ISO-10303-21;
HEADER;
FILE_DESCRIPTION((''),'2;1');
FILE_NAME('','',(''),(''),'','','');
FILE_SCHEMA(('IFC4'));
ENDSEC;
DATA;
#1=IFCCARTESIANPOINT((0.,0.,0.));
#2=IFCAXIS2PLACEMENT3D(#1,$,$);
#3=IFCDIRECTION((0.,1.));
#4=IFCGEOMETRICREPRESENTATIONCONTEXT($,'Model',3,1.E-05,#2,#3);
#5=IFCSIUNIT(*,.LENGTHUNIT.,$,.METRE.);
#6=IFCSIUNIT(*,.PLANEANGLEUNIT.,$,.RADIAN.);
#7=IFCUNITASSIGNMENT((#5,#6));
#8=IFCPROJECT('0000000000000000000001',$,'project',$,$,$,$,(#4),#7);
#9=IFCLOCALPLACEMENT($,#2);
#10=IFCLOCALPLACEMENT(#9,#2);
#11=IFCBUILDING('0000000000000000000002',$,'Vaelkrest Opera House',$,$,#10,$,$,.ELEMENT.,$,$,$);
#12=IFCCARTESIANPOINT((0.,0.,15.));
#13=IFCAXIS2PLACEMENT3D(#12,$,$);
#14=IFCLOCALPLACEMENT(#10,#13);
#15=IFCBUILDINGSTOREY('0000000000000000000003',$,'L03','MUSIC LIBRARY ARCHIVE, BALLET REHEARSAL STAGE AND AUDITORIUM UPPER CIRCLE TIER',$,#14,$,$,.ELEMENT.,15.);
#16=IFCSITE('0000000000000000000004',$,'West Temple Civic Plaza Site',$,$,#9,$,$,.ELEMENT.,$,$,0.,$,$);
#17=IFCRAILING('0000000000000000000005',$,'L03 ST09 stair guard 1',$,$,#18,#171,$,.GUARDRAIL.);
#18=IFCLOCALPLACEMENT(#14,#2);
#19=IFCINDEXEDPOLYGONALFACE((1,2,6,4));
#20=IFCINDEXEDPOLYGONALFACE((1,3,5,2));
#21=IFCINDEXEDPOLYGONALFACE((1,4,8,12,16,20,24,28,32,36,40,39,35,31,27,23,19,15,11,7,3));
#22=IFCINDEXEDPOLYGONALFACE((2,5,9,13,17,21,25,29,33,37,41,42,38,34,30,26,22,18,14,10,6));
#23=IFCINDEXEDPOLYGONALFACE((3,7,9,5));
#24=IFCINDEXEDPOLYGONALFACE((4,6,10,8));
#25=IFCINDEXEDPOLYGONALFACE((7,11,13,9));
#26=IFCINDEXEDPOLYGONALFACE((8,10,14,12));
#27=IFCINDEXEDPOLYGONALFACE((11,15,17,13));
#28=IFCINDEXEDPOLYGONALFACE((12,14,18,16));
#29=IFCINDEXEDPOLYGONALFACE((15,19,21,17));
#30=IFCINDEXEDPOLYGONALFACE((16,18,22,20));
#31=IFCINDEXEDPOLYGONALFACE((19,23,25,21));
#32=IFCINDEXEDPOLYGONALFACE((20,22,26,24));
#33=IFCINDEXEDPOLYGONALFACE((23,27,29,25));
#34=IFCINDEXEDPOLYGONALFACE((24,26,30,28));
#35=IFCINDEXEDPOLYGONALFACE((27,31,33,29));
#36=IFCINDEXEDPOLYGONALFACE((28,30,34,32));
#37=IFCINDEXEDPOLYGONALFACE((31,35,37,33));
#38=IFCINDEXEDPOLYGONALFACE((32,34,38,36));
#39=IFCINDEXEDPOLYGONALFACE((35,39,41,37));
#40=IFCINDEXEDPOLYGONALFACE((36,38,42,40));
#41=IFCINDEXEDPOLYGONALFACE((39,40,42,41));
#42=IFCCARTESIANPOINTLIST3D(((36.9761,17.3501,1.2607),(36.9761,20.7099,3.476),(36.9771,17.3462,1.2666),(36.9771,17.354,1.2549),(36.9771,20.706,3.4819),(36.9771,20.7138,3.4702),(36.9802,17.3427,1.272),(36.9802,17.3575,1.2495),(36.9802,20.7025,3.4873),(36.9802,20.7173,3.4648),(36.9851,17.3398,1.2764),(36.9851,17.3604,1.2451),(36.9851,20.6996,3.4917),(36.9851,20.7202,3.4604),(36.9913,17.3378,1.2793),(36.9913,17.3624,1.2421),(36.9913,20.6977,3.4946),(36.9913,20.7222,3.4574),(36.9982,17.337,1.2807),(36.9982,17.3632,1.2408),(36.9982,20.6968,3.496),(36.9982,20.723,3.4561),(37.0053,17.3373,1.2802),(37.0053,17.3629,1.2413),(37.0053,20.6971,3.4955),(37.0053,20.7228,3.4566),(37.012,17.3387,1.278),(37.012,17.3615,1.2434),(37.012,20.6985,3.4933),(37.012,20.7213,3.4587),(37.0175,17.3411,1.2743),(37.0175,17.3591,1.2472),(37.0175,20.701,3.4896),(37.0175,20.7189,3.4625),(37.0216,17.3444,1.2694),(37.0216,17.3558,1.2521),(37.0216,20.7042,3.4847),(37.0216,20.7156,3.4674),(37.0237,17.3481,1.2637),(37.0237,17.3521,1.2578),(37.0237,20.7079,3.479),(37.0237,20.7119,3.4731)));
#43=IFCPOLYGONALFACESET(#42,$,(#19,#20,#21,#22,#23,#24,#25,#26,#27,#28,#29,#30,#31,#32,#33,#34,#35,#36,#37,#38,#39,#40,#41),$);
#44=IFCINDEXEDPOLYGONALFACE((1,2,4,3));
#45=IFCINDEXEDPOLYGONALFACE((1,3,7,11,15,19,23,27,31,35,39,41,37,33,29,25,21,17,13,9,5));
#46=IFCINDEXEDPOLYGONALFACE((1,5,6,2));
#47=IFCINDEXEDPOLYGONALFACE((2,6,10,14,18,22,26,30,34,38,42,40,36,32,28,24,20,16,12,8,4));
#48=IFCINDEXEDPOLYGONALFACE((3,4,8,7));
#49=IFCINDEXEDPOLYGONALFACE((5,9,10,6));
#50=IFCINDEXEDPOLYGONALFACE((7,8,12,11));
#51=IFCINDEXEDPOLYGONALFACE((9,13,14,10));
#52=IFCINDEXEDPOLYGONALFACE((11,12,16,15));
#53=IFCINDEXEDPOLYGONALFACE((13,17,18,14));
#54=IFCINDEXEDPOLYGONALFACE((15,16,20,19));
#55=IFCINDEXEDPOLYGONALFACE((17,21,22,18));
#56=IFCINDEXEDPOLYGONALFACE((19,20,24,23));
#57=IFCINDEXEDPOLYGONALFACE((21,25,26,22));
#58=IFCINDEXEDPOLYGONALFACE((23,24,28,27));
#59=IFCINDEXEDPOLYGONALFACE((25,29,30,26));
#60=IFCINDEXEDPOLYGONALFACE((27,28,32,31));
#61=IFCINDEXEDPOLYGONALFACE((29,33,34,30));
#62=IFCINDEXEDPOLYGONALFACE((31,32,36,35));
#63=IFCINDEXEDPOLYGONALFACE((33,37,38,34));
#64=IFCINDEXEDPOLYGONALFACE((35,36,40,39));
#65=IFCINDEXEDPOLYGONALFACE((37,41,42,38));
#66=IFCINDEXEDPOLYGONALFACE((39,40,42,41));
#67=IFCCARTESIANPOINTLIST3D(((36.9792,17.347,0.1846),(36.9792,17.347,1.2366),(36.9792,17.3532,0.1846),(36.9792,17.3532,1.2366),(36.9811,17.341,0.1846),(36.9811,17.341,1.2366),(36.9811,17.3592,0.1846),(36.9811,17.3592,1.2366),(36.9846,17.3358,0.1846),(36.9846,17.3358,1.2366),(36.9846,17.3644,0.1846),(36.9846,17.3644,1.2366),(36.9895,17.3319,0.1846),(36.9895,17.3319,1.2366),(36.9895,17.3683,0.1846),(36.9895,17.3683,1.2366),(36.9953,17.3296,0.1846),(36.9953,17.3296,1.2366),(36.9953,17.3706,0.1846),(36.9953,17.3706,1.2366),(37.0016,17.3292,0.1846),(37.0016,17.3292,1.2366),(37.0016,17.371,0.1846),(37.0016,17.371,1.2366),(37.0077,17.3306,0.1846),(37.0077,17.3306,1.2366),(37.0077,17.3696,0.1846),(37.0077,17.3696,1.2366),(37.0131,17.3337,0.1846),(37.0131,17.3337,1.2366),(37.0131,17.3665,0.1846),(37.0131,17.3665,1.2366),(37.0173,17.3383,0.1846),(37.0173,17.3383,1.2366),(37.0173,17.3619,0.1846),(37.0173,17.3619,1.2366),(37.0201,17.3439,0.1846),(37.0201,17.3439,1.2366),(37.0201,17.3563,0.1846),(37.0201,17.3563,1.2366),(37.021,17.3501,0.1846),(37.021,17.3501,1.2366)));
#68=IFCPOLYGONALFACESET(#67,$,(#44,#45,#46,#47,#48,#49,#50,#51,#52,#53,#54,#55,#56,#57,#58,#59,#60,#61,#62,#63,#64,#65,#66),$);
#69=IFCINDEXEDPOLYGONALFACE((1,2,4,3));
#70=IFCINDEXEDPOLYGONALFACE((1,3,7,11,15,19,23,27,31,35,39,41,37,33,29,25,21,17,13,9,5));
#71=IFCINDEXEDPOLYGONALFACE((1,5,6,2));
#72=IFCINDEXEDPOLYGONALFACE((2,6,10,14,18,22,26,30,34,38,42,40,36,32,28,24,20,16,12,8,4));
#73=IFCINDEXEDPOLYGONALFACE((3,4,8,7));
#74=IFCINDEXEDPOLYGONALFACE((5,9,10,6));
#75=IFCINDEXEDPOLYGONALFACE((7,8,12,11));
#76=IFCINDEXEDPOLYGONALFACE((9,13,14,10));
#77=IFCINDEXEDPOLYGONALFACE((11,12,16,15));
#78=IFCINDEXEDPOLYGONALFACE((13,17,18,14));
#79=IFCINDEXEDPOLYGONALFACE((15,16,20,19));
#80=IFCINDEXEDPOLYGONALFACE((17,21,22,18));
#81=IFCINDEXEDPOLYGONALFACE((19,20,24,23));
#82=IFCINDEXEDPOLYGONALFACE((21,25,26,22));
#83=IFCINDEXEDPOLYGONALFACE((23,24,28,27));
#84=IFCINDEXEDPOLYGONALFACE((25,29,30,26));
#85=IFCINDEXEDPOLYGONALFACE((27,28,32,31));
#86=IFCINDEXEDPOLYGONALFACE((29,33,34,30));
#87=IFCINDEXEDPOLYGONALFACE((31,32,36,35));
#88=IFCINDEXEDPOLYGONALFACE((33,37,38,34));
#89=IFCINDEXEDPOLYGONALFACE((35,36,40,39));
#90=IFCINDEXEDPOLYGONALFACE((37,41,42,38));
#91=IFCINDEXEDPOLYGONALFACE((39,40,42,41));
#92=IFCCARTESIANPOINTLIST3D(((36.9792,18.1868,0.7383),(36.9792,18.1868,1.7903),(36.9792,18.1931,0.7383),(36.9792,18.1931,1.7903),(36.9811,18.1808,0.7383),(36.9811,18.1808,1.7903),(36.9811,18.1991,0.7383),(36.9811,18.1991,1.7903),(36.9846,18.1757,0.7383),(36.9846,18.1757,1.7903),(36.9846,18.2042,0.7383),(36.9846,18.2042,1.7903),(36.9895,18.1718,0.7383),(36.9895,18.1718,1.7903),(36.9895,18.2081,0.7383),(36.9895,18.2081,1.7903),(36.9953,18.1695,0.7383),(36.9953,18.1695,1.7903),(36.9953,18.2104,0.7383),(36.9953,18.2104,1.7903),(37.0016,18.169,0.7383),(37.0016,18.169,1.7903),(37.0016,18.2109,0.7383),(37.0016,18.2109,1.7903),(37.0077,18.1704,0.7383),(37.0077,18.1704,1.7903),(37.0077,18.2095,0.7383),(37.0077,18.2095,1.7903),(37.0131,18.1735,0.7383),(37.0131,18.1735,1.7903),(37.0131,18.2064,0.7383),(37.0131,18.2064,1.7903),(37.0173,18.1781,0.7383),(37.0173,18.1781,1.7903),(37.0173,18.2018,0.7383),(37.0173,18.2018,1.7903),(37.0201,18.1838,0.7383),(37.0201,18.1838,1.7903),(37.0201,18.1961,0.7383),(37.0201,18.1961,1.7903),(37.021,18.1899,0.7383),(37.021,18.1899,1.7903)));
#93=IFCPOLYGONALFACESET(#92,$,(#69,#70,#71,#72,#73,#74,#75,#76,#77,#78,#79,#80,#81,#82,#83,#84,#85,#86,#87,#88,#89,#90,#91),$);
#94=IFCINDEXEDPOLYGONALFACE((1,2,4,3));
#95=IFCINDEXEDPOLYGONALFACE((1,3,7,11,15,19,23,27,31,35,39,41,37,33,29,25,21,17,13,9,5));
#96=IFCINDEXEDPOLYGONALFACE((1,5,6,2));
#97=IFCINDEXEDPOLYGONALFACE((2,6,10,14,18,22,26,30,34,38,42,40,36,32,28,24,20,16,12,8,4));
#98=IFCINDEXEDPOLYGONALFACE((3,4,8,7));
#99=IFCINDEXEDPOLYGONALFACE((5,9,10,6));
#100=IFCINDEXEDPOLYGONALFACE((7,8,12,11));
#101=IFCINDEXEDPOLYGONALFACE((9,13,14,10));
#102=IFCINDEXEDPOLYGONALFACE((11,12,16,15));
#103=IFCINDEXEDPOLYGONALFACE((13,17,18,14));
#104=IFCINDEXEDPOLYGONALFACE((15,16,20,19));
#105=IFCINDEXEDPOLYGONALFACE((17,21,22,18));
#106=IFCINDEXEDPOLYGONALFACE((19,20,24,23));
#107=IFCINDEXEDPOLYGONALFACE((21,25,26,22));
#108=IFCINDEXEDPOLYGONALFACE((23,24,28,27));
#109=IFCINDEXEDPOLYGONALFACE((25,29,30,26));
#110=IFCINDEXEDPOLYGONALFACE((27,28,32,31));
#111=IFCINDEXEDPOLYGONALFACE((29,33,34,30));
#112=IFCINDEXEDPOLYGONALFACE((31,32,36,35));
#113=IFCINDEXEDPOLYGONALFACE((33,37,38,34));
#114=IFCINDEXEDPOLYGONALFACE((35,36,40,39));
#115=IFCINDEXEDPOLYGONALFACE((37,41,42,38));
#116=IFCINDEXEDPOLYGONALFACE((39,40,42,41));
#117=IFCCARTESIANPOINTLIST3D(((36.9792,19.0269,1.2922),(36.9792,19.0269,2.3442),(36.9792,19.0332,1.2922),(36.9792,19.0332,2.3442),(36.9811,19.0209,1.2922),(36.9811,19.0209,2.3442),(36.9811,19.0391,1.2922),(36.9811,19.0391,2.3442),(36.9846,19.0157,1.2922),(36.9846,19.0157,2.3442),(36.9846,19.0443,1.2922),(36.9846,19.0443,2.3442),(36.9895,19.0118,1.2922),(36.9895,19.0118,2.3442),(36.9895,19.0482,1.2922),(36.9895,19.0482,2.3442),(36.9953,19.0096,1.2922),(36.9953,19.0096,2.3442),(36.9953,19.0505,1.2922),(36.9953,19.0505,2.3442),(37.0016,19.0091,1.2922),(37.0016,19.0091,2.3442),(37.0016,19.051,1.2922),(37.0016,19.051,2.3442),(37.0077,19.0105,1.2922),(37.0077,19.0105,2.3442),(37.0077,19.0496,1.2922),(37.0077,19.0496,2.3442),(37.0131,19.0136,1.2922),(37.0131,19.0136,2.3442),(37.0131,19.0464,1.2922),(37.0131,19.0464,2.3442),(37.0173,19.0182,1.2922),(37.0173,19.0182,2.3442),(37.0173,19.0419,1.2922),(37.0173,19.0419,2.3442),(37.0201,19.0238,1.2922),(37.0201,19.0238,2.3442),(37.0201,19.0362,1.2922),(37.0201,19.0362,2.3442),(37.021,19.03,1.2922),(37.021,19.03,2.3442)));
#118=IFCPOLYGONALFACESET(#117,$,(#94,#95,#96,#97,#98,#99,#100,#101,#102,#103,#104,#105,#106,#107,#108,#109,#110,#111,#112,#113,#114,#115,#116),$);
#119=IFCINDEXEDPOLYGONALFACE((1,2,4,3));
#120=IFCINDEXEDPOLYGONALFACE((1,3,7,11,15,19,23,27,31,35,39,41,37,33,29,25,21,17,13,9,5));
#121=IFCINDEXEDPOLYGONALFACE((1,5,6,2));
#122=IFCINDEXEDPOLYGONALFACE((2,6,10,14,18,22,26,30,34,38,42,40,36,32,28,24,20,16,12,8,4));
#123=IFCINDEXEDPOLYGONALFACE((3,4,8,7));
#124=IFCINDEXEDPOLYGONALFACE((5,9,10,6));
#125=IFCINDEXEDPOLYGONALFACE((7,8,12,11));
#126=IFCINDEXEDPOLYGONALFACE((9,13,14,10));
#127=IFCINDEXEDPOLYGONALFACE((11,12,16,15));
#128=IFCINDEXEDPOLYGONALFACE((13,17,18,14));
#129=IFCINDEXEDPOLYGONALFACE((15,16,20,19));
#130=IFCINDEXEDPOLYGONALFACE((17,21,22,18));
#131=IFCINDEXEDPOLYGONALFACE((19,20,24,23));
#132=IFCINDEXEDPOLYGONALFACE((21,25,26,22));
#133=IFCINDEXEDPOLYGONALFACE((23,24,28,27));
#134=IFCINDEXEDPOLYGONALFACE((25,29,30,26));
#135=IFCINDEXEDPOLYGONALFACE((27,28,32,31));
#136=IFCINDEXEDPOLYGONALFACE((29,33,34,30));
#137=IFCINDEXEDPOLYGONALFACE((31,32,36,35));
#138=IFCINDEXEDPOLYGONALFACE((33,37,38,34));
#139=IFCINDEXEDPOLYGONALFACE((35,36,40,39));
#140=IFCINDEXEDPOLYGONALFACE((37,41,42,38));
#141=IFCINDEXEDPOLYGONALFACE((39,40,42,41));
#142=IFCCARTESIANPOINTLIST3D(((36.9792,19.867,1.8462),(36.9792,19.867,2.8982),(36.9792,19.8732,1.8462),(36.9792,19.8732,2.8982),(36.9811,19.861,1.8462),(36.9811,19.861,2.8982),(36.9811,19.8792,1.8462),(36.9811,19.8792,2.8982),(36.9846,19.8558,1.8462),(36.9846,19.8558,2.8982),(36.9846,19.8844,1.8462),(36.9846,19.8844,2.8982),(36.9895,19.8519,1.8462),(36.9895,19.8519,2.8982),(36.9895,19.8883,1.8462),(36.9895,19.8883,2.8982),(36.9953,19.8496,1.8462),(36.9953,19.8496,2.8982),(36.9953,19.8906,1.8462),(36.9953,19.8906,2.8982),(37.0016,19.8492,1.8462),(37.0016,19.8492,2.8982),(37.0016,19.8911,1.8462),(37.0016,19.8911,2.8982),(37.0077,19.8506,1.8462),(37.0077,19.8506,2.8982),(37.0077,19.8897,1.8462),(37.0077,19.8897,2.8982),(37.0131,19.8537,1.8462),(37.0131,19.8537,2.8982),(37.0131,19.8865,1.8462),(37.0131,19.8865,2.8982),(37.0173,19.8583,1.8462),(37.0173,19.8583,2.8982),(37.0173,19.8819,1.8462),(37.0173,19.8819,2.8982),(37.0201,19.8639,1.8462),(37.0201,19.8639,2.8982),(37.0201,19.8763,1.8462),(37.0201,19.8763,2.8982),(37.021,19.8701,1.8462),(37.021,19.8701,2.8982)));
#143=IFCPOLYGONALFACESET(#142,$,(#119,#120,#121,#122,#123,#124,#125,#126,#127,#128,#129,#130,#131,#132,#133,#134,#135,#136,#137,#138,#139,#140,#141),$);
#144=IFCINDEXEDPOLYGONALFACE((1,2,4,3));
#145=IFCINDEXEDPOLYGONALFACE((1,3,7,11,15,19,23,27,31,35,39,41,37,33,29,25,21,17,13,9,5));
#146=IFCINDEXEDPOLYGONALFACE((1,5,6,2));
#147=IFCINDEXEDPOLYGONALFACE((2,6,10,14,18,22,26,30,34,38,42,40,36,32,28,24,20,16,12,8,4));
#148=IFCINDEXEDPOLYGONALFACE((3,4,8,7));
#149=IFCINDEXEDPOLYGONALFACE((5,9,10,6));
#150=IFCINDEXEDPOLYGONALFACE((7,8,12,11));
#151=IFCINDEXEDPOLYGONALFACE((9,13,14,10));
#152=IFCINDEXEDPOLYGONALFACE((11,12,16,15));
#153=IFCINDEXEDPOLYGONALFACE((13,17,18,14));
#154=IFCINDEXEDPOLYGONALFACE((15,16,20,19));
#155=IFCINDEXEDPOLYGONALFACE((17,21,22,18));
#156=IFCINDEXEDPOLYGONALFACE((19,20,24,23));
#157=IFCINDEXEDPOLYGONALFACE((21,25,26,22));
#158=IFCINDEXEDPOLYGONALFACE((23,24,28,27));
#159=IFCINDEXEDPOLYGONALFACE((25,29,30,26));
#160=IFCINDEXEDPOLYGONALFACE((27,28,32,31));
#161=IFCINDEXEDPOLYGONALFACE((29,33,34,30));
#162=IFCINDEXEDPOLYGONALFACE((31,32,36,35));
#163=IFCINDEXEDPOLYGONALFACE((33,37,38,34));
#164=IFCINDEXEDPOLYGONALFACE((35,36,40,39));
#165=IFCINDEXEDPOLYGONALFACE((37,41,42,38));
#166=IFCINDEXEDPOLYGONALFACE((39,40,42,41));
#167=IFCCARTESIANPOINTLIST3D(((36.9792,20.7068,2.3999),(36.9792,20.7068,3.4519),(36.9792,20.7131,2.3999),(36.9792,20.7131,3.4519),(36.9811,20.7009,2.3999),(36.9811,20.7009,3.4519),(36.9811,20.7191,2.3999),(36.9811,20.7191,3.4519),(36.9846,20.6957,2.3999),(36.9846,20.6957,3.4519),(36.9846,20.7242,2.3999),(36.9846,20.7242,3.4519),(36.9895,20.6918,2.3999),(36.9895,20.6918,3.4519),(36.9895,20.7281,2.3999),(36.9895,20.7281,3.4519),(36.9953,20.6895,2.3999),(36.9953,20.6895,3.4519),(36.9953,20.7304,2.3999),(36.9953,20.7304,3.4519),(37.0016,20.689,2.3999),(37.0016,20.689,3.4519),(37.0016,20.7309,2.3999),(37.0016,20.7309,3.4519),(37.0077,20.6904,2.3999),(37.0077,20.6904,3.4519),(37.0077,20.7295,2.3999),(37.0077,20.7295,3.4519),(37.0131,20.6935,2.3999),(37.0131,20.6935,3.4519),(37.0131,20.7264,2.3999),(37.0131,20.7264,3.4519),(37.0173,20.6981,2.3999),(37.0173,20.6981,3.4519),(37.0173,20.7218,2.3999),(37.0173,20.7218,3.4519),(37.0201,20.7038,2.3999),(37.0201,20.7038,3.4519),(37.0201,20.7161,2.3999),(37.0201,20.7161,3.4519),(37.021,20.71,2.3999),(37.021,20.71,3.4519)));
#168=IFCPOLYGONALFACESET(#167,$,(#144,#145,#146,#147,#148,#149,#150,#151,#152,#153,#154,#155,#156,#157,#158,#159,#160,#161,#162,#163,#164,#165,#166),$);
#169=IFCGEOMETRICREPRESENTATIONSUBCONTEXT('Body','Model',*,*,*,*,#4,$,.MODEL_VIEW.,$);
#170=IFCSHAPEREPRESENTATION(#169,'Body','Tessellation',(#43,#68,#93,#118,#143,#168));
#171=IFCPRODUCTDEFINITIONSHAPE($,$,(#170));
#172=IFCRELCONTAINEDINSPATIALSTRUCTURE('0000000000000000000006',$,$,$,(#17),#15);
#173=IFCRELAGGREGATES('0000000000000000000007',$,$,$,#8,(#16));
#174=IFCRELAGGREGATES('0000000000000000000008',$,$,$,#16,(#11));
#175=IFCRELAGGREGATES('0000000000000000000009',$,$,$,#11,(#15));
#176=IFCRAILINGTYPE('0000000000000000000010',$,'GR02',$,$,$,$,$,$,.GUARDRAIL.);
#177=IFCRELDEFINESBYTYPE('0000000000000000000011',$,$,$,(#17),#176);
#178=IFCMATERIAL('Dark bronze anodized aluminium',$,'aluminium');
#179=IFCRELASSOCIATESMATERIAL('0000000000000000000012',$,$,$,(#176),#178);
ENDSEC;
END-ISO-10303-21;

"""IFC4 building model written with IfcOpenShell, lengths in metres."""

from ifc_helpers import new_model, si_unit, direction, frame, origin, origin_2d, place, context, subcontext, project, spatial, circle, extrude, material, type_object, element, save


model = new_model("IFC4")

# Units and contexts
model_context = context("Model", 3, precision=1e-05, world=origin(), true_north=direction((0.0, 1.0)))
body_context = subcontext(model_context, "Body", "Model", "MODEL_VIEW")
ifc_project = project(units=[si_unit("LENGTHUNIT", "METRE"), si_unit("PLANEANGLEUNIT", "RADIAN")], contexts=[model_context])

# Site, building, storey
site_placement = place(None, origin())
site = spatial("IfcSite", under=ifc_project, at=site_placement, Name="West Temple Civic Plaza Site", CompositionType="ELEMENT", RefElevation=0.0)
building_placement = place(site_placement, origin())
building = spatial("IfcBuilding", under=site, at=building_placement, Name="Vaelkrest Opera House", CompositionType="ELEMENT")
storey_placement = place(building_placement, frame((0.0, 0.0, 15.0)))
storey = spatial("IfcBuildingStorey", under=building, at=storey_placement, Name="L03", Description="MUSIC LIBRARY ARCHIVE, BALLET REHEARSAL STAGE AND AUDITORIUM UPPER CIRCLE TIER", CompositionType="ELEMENT", Elevation=15.0)

# Shared definitions
ifc_material_1 = material(Name="Dark bronze anodized aluminium", Category="aluminium")

# Railing
railing_type_1 = type_object("IfcRailingType", Name="GR02", PredefinedType="GUARDRAIL", material=ifc_material_1)
railing_1_placement = place(storey_placement, frame((37.0, 17.3501, 0.1846)))
element("IfcRailing", 1, at=railing_1_placement, inside=storey, type_object=railing_type_1, Name="L03 ST09 stair guard 1", PredefinedType="GUARDRAIL", context=body_context, shape_type="SweptSolid", body=[
    extrude(circle(Radius=0.0239, at=origin_2d()), frame((0.0, 0.0, 1.0762), z_axis=(0.0, 0.834858, 0.550465), x_axis=(-1.0, 0.0, 0.0)), (0.0, 0.0, 1.0), 4.0244),
    extrude(circle(Radius=0.021, at=origin_2d()), origin(), (0.0, 0.0, 1.0), 1.052),
    extrude(circle(Radius=0.021, at=origin_2d()), frame((0.0, 0.8398, 0.5537)), (0.0, 0.0, 1.0), 1.052),
    extrude(circle(Radius=0.021, at=origin_2d()), frame((0.0, 1.6799, 1.1077)), (0.0, 0.0, 1.0), 1.052),
    extrude(circle(Radius=0.021, at=origin_2d()), frame((0.0, 2.52, 1.6616)), (0.0, 0.0, 1.0), 1.052),
    extrude(circle(Radius=0.021, at=origin_2d()), frame((0.0, 3.3599, 2.2153)), (0.0, 0.0, 1.0), 1.052),
])

save(model, "model.ifc")
